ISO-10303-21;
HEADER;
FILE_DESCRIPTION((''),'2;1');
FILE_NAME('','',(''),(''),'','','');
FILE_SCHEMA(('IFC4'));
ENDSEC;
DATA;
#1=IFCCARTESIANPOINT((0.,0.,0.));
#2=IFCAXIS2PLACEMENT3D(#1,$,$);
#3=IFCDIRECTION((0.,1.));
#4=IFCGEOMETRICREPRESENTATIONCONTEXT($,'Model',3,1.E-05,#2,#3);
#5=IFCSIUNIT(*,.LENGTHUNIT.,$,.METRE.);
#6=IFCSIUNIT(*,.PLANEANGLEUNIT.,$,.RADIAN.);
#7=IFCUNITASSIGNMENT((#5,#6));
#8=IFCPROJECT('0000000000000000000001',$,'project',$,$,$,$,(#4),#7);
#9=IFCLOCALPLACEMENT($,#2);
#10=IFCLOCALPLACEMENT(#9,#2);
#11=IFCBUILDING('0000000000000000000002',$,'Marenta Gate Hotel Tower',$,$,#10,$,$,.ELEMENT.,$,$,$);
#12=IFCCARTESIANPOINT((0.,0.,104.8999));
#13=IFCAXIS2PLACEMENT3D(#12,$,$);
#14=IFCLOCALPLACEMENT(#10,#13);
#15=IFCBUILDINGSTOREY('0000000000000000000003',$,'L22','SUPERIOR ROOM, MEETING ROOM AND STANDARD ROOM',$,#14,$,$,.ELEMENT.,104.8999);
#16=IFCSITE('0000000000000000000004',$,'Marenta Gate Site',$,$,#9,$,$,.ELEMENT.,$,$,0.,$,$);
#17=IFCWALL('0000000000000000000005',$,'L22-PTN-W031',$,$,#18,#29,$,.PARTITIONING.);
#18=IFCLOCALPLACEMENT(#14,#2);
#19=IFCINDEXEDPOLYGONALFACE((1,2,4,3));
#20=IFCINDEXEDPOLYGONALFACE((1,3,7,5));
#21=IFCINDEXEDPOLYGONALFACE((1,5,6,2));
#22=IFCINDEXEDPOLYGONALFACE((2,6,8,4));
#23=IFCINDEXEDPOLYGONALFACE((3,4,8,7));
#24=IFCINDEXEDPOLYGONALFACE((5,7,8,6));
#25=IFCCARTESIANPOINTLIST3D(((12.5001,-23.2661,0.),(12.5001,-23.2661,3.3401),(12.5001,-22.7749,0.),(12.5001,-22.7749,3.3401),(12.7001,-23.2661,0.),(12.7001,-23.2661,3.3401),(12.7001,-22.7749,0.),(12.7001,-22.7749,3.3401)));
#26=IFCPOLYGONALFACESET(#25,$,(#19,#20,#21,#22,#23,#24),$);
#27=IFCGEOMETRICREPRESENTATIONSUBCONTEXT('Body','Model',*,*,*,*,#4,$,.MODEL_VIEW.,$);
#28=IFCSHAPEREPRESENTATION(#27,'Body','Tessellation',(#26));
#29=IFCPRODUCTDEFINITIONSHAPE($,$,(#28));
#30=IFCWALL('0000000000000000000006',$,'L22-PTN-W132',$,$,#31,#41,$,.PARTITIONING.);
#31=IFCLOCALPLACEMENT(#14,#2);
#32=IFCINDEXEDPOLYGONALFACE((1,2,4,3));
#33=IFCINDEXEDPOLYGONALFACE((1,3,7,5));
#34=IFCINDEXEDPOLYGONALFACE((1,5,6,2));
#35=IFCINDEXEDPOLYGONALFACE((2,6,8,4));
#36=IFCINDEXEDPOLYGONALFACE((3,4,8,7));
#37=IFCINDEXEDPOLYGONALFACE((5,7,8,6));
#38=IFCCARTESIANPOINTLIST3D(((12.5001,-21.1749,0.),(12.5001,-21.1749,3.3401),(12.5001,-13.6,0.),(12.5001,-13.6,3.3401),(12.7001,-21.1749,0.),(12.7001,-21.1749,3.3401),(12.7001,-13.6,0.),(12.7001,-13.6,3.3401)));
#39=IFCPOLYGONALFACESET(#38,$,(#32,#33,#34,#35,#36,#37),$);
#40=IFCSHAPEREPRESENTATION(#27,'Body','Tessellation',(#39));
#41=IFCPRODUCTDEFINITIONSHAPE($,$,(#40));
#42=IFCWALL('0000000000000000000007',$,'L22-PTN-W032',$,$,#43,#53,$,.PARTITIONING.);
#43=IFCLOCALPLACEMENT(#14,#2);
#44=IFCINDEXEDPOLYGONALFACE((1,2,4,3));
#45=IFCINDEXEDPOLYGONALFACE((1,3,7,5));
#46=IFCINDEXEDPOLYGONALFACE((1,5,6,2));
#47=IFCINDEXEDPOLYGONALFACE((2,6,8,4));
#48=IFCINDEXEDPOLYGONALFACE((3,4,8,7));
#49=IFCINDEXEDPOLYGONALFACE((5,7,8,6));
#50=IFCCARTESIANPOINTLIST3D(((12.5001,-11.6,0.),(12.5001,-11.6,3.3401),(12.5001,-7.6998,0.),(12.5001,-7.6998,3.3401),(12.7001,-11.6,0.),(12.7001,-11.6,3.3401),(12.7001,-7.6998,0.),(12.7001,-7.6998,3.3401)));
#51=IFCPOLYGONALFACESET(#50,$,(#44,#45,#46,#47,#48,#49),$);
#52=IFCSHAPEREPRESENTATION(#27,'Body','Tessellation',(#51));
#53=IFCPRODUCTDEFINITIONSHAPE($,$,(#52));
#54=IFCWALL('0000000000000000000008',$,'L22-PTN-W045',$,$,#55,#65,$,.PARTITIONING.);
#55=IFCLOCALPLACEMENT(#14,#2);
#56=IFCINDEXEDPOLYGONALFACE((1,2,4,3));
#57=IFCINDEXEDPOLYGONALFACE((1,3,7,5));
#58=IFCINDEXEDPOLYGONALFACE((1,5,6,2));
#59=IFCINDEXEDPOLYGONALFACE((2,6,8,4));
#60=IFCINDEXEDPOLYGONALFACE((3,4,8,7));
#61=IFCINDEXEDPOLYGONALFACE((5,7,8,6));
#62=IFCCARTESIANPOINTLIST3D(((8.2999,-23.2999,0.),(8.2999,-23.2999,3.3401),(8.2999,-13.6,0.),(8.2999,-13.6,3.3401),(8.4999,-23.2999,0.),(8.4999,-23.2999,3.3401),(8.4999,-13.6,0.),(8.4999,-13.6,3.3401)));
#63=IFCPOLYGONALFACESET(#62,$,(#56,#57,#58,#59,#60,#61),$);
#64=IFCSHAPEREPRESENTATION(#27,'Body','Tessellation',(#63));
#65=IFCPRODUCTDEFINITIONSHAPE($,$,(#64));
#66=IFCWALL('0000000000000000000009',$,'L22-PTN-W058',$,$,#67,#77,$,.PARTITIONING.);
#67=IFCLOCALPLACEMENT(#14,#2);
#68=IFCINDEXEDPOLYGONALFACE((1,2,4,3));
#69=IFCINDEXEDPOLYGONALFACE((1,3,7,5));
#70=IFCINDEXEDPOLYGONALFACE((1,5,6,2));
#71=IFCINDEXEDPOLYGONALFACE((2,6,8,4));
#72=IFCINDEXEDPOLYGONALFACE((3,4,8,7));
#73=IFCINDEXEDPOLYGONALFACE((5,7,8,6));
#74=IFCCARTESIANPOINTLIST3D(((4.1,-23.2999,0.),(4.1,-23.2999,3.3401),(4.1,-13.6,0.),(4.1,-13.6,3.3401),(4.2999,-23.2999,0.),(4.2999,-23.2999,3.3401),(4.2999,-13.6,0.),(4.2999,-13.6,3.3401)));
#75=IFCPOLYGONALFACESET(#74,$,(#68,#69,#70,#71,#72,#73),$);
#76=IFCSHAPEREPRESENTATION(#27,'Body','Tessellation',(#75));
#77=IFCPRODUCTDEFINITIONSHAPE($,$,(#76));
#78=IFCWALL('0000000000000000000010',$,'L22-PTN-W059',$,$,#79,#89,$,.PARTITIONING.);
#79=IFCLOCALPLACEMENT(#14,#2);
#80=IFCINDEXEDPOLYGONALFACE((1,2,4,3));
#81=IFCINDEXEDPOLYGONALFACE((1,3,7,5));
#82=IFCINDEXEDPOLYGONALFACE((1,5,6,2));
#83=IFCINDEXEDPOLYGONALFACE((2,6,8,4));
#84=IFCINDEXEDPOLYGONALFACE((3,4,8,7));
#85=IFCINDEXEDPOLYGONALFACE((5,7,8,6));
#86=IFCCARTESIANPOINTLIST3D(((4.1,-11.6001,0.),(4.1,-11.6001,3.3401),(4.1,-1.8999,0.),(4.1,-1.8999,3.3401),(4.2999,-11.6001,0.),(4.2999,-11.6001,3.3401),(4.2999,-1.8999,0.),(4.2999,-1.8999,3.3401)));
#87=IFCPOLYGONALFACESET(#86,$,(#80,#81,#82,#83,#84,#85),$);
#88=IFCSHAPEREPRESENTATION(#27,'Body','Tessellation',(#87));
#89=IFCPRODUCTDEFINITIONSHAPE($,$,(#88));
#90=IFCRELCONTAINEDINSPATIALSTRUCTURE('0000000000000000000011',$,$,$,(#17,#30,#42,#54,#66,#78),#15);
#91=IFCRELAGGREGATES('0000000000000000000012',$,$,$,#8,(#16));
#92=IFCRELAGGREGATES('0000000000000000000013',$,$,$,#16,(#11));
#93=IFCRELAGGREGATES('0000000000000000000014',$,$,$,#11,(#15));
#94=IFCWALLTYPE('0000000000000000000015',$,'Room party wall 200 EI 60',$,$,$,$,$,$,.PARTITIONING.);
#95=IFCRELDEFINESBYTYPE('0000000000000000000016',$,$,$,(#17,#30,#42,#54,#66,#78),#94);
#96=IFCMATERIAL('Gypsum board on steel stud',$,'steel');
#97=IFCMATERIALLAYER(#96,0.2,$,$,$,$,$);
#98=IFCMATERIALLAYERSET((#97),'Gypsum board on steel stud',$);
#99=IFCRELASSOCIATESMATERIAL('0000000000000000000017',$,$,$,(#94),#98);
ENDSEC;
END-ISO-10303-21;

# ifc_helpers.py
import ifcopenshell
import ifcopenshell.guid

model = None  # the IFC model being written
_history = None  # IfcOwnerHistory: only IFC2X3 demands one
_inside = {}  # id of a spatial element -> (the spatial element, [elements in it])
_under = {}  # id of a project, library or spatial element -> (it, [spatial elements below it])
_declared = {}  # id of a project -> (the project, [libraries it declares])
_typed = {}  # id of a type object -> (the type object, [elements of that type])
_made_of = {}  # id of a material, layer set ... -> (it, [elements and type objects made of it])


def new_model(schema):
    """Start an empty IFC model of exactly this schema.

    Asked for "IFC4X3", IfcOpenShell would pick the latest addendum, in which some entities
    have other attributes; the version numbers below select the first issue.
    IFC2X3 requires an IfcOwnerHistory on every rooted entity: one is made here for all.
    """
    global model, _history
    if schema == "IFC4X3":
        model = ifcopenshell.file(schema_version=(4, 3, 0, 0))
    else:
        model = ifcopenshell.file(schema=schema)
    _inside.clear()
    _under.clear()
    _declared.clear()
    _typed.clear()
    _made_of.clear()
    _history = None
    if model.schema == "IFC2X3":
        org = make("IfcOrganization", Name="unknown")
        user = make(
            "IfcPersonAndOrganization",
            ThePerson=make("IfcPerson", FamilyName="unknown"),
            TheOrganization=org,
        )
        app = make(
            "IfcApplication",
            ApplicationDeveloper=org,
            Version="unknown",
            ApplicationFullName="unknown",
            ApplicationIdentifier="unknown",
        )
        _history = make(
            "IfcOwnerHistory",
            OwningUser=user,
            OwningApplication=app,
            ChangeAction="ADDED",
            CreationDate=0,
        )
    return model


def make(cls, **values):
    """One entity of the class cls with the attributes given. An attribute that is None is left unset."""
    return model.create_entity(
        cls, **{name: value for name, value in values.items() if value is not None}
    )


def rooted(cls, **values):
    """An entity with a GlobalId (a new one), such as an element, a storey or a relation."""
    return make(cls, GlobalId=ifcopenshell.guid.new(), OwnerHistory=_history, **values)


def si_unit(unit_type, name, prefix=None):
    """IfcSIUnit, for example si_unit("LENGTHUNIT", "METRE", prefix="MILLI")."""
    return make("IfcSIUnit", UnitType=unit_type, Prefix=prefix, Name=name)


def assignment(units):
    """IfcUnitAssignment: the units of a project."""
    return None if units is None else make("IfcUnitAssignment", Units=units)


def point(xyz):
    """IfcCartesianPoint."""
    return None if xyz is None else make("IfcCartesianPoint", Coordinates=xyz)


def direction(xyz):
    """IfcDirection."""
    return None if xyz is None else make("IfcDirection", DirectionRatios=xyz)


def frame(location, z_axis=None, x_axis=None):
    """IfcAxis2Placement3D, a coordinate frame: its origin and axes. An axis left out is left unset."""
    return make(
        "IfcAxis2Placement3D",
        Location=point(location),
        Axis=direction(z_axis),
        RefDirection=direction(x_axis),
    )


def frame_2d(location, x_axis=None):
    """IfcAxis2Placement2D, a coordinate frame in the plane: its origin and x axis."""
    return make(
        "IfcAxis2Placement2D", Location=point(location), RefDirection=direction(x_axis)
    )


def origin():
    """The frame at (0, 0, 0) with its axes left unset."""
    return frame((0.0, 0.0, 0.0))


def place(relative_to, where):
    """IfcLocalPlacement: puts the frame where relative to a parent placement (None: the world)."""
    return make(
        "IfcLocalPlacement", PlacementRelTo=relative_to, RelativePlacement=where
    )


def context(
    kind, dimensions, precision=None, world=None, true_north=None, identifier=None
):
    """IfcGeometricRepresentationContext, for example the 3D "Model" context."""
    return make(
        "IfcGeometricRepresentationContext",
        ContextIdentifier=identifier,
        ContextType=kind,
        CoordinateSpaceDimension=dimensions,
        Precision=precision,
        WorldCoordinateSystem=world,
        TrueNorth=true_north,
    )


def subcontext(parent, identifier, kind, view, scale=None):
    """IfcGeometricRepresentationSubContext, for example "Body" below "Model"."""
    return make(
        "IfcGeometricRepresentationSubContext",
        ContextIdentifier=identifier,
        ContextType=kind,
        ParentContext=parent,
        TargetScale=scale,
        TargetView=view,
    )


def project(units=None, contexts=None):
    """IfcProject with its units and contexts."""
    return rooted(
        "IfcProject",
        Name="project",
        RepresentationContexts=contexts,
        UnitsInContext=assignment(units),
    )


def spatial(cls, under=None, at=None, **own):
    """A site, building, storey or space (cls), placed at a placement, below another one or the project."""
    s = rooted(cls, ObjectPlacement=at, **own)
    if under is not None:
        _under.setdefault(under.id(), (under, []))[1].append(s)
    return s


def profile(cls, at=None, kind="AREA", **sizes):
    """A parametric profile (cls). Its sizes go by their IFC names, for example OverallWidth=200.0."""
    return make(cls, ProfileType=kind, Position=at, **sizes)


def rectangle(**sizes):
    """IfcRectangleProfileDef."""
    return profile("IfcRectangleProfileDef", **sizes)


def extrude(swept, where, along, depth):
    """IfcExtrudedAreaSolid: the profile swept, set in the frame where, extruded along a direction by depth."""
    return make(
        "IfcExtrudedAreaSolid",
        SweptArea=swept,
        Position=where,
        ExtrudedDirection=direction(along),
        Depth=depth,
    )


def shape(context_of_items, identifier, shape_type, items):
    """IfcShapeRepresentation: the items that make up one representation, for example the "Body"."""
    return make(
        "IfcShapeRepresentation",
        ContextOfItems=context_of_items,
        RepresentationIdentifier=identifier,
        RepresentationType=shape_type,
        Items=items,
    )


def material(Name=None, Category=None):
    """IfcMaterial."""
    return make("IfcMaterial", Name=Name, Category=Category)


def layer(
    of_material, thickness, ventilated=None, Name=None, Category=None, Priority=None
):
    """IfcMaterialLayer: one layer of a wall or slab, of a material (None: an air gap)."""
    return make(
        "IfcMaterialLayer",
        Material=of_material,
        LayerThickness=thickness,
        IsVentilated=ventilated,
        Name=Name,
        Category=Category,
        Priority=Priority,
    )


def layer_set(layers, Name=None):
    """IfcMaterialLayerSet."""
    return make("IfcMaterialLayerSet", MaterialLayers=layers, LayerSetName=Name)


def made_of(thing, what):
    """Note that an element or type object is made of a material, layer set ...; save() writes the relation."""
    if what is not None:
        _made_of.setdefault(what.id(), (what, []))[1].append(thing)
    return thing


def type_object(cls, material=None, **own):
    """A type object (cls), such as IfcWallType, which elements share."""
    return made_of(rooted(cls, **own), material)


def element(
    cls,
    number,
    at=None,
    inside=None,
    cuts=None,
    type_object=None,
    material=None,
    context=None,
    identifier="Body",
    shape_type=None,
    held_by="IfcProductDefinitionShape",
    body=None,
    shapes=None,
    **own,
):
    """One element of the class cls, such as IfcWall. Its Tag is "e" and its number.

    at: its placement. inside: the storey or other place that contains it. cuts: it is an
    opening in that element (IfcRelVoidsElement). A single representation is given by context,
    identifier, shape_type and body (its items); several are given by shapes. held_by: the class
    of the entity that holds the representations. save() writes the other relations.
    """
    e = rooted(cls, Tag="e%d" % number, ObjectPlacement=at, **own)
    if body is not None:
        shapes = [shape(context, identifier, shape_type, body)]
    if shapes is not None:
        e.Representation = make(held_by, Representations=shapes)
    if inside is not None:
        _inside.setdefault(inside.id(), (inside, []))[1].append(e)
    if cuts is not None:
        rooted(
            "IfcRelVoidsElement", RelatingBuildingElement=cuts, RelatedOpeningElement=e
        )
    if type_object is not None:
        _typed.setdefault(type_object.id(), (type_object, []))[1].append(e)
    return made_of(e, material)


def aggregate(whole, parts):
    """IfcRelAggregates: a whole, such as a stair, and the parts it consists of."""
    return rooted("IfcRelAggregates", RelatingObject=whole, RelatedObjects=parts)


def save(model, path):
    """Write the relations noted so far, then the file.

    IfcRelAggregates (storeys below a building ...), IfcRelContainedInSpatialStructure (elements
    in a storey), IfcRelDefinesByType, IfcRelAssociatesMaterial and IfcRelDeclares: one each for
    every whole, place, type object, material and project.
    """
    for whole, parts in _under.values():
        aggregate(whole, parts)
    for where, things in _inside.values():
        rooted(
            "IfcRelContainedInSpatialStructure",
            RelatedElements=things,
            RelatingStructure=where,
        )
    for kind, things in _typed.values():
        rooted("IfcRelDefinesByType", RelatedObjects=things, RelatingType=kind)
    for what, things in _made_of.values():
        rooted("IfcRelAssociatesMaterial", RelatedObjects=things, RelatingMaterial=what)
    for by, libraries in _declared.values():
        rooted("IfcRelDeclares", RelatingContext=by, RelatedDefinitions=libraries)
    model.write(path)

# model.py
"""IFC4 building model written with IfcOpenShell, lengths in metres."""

from ifc_helpers import new_model, si_unit, direction, frame, frame_2d, origin, place, context, subcontext, project, spatial, rectangle, extrude, material, layer, layer_set, type_object, element, save


model = new_model("IFC4")

# Units and contexts
model_context = context("Model", 3, precision=1e-05, world=origin(), true_north=direction((0.0, 1.0)))
body_context = subcontext(model_context, "Body", "Model", "MODEL_VIEW")
ifc_project = project(units=[si_unit("LENGTHUNIT", "METRE"), si_unit("PLANEANGLEUNIT", "RADIAN")], contexts=[model_context])

# Site, building, storey
site_placement = place(None, origin())
site = spatial("IfcSite", under=ifc_project, at=site_placement, Name="Marenta Gate Site", CompositionType="ELEMENT", RefElevation=0.0)
building_placement = place(site_placement, origin())
building = spatial("IfcBuilding", under=site, at=building_placement, Name="Marenta Gate Hotel Tower", CompositionType="ELEMENT")
storey_placement = place(building_placement, frame((0.0, 0.0, 104.8999)))
storey = spatial("IfcBuildingStorey", under=building, at=storey_placement, Name="L22", Description="SUPERIOR ROOM, MEETING ROOM AND STANDARD ROOM", CompositionType="ELEMENT", Elevation=104.8999)

# Walls
ifc_material_1 = material(Name="Gypsum board on steel stud", Category="steel")
ifc_layer_1 = layer(ifc_material_1, 0.2)
ifc_layer_set_1 = layer_set([ifc_layer_1], Name="Gypsum board on steel stud")
wall_type_1 = type_object("IfcWallType", Name="Room party wall 200 EI 60", PredefinedType="PARTITIONING", material=ifc_layer_set_1)
wall_1_placement = place(storey_placement, frame((12.6001, -23.2661, 0.0), z_axis=(0.0, 0.0, 1.0), x_axis=(0.0, 1.0, 0.0)))
element("IfcWall", 1, at=wall_1_placement, inside=storey, type_object=wall_type_1, Name="L22-PTN-W031", PredefinedType="PARTITIONING", context=body_context, shape_type="SweptSolid", body=[
    extrude(rectangle(XDim=0.4912, YDim=0.2, at=frame_2d((0.2456, 0.0))), origin(), (0.0, 0.0, 1.0), 3.3401),
])
wall_2_placement = place(storey_placement, frame((12.6001, -21.175, 0.0), z_axis=(0.0, 0.0, 1.0), x_axis=(0.0, 1.0, 0.0)))
element("IfcWall", 2, at=wall_2_placement, inside=storey, type_object=wall_type_1, Name="L22-PTN-W132", PredefinedType="PARTITIONING", context=body_context, shape_type="SweptSolid", body=[
    extrude(rectangle(XDim=7.575, YDim=0.2, at=frame_2d((3.7876, 0.0))), origin(), (0.0, 0.0, 1.0), 3.3401),
])
wall_3_placement = place(storey_placement, frame((12.6001, -11.6001, 0.0), z_axis=(0.0, 0.0, 1.0), x_axis=(0.0, 1.0, 0.0)))
element("IfcWall", 3, at=wall_3_placement, inside=storey, type_object=wall_type_1, Name="L22-PTN-W032", PredefinedType="PARTITIONING", context=body_context, shape_type="SweptSolid", body=[
    extrude(rectangle(XDim=3.9001, YDim=0.2, at=frame_2d((1.9502, 0.0))), origin(), (0.0, 0.0, 1.0), 3.3401),
])
for number, where, z_axis, x_axis, name in (
    (4, (8.3999, -23.3, 0.0), (0.0, 0.0, 1.0), (0.0, 1.0, 0.0), "L22-PTN-W045"),
    (5, (4.2, -23.3, 0.0), (0.0, 0.0, 1.0), (0.0, 1.0, 0.0), "L22-PTN-W058"),
):
    element("IfcWall", number, at=place(storey_placement, frame(where, z_axis=z_axis, x_axis=x_axis)), inside=storey, type_object=wall_type_1, Name=name, PredefinedType="PARTITIONING", context=body_context, shape_type="SweptSolid", body=[
        extrude(rectangle(XDim=9.7, YDim=0.2, at=frame_2d((4.8501, 0.0))), origin(), (0.0, 0.0, 1.0), 3.3401),
    ])
wall_4_placement = place(storey_placement, frame((4.2, -11.6001, 0.0), z_axis=(0.0, 0.0, 1.0), x_axis=(0.0, 1.0, 0.0)))
element("IfcWall", 6, at=wall_4_placement, inside=storey, type_object=wall_type_1, Name="L22-PTN-W059", PredefinedType="PARTITIONING", context=body_context, shape_type="SweptSolid", body=[
    extrude(rectangle(XDim=9.7002, YDim=0.2, at=frame_2d((4.8501, 0.0))), origin(), (0.0, 0.0, 1.0), 3.3401),
])

save(model, "model.ifc")
